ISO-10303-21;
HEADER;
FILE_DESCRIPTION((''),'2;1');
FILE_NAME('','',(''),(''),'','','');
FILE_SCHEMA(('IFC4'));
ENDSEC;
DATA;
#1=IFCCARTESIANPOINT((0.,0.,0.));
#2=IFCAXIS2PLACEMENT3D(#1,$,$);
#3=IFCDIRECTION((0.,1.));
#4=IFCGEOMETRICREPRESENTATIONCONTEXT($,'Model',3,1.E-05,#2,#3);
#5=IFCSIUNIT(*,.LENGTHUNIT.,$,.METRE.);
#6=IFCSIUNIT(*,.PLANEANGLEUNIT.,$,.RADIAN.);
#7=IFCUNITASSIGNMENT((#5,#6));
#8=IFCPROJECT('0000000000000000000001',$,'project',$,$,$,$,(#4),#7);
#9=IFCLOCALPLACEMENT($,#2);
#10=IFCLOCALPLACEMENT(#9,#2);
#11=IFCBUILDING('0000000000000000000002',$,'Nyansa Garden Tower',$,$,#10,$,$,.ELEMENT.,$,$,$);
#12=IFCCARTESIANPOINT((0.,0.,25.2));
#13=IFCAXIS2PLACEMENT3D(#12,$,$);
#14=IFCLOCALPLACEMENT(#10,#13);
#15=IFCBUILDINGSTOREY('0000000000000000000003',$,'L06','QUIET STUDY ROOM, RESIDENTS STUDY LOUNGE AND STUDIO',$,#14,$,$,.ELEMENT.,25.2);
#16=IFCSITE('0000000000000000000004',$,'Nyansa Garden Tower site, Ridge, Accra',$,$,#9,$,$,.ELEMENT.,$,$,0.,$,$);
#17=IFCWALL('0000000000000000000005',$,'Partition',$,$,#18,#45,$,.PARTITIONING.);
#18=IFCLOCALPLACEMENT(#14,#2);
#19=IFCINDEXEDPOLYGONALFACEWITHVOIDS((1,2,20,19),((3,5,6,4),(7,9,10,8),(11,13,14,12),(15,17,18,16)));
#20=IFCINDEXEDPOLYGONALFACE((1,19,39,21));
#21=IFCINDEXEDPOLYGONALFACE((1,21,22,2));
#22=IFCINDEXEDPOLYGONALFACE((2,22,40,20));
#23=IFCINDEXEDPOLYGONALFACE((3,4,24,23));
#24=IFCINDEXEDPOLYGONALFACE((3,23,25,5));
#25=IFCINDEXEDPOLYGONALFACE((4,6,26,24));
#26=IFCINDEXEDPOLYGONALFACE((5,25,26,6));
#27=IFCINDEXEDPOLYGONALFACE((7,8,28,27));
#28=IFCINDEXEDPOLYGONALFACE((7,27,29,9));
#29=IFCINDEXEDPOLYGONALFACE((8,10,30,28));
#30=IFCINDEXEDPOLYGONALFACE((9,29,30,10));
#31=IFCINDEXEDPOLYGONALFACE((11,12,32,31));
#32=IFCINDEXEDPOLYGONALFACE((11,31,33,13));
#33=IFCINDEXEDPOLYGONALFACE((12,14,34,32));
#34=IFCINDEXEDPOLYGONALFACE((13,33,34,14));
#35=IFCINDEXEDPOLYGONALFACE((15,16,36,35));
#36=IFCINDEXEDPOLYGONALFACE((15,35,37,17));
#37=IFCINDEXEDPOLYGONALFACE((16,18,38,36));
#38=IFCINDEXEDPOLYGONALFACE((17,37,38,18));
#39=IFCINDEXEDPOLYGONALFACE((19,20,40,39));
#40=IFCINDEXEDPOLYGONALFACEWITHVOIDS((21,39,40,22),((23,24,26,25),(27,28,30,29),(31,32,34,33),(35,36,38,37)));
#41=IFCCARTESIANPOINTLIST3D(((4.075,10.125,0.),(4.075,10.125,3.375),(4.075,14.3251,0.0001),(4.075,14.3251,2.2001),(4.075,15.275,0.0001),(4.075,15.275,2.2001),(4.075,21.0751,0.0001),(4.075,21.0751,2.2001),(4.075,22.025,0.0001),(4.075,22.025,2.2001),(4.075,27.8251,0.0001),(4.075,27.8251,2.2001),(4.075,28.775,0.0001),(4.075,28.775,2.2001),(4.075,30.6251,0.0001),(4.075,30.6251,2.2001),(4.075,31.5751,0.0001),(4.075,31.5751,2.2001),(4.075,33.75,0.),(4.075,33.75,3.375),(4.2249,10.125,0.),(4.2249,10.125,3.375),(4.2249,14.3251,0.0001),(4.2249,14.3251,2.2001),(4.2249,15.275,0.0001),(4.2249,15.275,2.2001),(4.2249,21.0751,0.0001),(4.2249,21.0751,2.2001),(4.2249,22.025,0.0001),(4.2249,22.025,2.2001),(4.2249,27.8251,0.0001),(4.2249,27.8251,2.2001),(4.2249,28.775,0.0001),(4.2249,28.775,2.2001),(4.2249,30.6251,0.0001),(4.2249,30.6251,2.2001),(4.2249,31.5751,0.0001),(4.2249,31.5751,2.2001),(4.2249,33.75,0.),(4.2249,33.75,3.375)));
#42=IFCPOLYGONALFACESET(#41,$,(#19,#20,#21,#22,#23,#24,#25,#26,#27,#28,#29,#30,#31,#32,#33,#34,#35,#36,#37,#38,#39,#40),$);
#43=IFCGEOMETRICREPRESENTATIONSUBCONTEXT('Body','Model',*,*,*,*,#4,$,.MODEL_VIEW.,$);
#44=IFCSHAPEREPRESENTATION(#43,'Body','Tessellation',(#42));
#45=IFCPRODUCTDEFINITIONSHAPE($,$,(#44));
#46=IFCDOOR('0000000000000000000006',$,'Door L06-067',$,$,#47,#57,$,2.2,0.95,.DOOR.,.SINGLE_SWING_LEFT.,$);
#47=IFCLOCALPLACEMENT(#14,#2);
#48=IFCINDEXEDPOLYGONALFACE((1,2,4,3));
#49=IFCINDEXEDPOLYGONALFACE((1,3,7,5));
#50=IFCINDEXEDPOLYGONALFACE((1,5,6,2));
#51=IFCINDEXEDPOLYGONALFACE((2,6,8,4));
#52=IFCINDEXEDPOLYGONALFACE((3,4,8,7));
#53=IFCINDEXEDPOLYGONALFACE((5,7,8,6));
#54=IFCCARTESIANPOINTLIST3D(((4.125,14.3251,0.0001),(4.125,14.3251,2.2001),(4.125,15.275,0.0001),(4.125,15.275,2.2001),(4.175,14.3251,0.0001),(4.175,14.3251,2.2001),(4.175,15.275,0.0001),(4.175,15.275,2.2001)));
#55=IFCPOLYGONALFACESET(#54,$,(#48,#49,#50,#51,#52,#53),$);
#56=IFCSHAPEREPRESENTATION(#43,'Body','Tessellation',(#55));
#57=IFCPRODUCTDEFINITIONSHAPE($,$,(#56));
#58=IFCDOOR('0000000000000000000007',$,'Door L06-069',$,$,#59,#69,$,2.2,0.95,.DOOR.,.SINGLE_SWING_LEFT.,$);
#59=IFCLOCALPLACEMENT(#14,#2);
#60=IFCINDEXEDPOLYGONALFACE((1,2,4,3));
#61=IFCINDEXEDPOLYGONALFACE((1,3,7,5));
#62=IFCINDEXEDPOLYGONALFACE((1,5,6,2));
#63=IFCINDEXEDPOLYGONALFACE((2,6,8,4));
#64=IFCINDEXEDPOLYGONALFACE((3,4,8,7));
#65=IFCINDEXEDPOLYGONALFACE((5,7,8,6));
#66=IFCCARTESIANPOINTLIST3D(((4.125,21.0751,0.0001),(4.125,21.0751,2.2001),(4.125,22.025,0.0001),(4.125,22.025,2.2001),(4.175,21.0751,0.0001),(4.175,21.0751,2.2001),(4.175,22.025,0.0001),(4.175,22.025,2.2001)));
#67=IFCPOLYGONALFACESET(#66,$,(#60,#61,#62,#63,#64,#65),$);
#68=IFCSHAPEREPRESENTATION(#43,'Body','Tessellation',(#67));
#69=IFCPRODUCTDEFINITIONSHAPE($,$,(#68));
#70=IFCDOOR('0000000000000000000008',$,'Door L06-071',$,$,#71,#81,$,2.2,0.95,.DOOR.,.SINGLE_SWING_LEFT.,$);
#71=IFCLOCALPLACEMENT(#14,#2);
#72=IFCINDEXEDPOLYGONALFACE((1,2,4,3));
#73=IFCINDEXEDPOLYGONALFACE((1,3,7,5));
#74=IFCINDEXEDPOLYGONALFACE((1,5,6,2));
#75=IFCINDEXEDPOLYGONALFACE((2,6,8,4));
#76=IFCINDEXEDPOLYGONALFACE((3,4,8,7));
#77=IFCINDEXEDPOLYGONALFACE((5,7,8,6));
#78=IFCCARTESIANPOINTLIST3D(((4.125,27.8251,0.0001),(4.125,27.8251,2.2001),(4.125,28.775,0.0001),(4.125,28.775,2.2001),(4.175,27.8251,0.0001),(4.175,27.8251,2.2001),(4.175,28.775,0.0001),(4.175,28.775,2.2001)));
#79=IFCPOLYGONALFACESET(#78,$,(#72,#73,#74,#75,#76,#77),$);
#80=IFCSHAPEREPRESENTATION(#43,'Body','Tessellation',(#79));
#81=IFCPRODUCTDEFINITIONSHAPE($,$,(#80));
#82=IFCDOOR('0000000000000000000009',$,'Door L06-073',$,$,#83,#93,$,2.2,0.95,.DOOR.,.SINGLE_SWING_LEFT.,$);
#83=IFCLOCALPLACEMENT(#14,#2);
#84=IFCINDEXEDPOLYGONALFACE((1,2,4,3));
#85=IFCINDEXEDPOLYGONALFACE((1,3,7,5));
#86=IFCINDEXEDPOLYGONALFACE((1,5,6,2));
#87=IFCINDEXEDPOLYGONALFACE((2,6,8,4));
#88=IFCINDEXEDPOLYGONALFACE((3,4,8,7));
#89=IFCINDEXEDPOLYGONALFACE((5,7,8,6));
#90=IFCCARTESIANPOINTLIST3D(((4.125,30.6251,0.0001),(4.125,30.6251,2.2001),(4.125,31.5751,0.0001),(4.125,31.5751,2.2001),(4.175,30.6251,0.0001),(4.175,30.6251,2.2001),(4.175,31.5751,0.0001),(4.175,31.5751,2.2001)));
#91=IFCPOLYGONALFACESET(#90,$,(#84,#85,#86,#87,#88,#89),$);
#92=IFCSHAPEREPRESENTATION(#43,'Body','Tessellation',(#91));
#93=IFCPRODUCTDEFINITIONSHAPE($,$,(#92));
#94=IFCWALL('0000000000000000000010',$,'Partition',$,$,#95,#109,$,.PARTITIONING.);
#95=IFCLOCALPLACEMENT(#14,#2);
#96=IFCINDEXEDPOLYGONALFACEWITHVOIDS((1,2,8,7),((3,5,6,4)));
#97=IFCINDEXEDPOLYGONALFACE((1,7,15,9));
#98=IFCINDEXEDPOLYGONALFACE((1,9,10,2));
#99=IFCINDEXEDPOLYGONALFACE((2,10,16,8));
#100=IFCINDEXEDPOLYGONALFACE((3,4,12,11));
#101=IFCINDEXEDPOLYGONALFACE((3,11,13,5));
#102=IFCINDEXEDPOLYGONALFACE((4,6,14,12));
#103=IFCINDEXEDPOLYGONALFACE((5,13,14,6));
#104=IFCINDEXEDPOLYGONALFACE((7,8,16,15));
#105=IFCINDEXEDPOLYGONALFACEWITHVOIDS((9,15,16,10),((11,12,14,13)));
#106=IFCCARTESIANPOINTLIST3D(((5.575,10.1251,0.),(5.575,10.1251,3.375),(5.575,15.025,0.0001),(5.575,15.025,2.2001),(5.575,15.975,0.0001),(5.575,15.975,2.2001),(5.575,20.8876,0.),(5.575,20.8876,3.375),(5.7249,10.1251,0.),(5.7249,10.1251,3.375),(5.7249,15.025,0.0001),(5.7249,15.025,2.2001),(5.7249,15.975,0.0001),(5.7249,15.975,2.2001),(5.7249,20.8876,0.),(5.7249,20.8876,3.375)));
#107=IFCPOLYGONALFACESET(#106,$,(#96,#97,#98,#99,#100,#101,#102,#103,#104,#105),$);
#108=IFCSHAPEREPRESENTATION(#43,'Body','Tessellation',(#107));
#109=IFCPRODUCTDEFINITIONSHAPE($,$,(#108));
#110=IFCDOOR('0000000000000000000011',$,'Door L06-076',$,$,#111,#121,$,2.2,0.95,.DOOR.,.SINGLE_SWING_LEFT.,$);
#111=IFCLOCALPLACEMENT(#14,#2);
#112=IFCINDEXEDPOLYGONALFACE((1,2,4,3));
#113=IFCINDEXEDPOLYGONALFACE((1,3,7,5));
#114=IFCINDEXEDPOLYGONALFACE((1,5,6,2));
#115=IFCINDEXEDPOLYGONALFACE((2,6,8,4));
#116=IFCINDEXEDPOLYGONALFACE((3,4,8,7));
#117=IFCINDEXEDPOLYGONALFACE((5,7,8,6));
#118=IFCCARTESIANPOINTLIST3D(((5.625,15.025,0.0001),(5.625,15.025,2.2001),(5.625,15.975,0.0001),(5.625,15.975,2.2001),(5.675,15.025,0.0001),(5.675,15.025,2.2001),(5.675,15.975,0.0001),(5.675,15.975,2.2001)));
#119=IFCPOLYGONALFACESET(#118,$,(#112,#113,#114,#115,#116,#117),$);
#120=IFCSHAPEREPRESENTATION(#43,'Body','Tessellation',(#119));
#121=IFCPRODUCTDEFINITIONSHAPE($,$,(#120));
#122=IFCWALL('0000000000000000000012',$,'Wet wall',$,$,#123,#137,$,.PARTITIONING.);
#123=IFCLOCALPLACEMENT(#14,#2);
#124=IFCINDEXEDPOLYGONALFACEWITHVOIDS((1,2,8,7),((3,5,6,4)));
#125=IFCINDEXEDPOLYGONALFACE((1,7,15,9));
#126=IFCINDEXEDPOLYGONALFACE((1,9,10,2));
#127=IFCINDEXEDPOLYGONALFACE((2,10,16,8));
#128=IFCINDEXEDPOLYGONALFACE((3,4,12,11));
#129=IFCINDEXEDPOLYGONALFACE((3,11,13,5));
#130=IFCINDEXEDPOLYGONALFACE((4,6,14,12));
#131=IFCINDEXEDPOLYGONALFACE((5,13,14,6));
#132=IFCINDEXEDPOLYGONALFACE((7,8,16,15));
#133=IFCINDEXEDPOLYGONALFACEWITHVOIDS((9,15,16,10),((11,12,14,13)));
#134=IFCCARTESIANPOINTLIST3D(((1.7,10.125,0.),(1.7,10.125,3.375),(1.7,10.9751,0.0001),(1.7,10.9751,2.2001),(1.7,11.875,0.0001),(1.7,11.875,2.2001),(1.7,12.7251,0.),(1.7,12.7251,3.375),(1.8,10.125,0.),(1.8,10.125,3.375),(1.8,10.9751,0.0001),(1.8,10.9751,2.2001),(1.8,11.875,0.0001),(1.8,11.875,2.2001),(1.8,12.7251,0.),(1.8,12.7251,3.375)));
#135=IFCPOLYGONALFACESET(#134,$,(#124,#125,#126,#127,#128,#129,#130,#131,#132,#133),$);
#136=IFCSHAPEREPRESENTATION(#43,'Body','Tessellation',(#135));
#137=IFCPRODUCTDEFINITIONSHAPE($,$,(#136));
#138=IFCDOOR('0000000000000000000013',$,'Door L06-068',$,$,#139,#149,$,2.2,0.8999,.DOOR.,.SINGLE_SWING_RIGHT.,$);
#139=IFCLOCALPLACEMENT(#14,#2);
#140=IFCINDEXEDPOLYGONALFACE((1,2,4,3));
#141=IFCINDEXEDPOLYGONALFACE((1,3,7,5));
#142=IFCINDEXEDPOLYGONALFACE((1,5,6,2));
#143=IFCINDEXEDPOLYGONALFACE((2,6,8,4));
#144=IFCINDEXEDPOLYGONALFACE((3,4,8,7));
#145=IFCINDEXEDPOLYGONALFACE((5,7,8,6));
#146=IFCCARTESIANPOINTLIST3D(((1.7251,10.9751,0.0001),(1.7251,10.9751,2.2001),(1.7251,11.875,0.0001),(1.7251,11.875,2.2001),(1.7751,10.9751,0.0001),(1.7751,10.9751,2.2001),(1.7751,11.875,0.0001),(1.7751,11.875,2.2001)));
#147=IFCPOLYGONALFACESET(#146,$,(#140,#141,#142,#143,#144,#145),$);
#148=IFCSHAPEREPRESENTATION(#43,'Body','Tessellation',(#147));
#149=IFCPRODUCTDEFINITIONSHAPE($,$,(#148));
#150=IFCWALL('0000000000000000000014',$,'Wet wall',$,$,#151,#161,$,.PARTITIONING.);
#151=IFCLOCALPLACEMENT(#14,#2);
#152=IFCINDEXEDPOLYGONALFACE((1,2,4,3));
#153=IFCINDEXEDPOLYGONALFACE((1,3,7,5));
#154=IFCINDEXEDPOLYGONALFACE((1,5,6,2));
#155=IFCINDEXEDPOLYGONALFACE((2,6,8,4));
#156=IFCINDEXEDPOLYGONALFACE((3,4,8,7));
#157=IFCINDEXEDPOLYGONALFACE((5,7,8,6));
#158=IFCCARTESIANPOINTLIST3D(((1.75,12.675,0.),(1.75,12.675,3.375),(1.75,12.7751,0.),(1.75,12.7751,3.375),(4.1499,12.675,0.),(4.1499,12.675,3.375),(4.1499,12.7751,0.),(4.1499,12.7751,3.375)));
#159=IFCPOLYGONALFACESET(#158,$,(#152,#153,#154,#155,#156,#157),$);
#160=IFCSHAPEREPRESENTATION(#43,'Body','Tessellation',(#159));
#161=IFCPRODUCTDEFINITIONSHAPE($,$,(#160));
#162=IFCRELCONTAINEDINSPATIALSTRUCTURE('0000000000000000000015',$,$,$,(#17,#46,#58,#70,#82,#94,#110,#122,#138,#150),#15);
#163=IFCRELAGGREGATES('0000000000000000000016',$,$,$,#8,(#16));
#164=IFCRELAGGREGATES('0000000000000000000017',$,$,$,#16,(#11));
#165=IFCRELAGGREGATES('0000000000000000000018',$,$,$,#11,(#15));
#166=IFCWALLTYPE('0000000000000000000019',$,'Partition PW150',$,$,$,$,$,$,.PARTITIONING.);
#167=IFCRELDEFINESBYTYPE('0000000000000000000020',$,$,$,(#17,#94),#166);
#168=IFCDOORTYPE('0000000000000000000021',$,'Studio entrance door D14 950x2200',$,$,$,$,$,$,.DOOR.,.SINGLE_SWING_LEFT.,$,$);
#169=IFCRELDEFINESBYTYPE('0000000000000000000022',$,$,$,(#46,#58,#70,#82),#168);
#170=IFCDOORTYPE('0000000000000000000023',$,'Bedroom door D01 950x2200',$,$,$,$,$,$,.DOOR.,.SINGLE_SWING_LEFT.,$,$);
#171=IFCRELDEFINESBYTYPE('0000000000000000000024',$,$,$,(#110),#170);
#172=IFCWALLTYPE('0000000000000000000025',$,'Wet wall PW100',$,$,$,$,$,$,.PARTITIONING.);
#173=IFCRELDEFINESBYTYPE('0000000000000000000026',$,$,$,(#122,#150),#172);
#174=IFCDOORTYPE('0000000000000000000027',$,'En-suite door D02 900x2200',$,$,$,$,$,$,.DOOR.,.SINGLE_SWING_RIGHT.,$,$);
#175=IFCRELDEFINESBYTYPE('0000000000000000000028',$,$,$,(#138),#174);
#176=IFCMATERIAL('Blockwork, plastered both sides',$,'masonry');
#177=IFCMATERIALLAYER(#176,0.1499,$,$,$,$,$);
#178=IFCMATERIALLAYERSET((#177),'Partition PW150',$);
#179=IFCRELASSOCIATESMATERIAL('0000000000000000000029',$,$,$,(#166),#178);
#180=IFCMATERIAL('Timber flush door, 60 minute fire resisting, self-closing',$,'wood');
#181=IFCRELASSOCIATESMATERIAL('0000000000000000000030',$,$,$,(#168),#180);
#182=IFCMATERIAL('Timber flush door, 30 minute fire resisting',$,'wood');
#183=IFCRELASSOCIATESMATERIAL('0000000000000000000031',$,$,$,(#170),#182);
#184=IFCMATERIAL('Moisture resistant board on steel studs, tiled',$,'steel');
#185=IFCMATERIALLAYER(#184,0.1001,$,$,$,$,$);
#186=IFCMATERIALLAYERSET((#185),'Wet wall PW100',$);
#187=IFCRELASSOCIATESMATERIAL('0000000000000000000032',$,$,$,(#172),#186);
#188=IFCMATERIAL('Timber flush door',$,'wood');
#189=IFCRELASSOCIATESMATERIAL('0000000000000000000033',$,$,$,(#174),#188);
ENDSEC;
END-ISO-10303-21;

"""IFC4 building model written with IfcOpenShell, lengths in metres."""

from ifc_helpers import new_model, si_unit, direction, frame, frame_2d, origin, place, context, subcontext, project, spatial, rectangle, extrude, material, layer, layer_set, type_object, element, fill, save


model = new_model("IFC4")

# Units and contexts
model_context = context("Model", 3, precision=1e-05, world=origin(), true_north=direction((0.0, 1.0)))
body_context = subcontext(model_context, "Body", "Model", "MODEL_VIEW")
ifc_project = project(units=[si_unit("LENGTHUNIT", "METRE"), si_unit("PLANEANGLEUNIT", "RADIAN")], contexts=[model_context])

# Site, building, storey
site_placement = place(None, origin())
site = spatial("IfcSite", under=ifc_project, at=site_placement, Name="Nyansa Garden Tower site, Ridge, Accra", CompositionType="ELEMENT", RefElevation=0.0)
building_placement = place(site_placement, origin())
building = spatial("IfcBuilding", under=site, at=building_placement, Name="Nyansa Garden Tower", CompositionType="ELEMENT")
storey_placement = place(building_placement, frame((0.0, 0.0, 25.2)))
storey = spatial("IfcBuildingStorey", under=building, at=storey_placement, Name="L06", Description="QUIET STUDY ROOM, RESIDENTS STUDY LOUNGE AND STUDIO", CompositionType="ELEMENT", Elevation=25.2)

# Shared definitions
ifc_material_1 = material(Name="Blockwork, plastered both sides", Category="masonry")
ifc_layer_1 = layer(ifc_material_1, 0.1499)
ifc_layer_set_1 = layer_set([ifc_layer_1], Name="Partition PW150")
wall_type_1 = type_object("IfcWallType", Name="Partition PW150", PredefinedType="PARTITIONING", material=ifc_layer_set_1)

# Wall, openings, doors
wall_1_placement = place(storey_placement, frame((4.1499, 10.125, 0.0), z_axis=(0.0, 0.0, 1.0), x_axis=(0.0, 1.0, 0.0)))
wall_1 = element("IfcWall", 1, at=wall_1_placement, inside=storey, type_object=wall_type_1, Name="Partition", PredefinedType="PARTITIONING", context=body_context, shape_type="SweptSolid", body=[
    extrude(rectangle(XDim=23.625, YDim=0.1499, at=frame_2d((11.8125, 0.0))), origin(), (0.0, 0.0, 1.0), 3.375),
])
opening_1_placement = place(wall_1_placement, frame((4.2, 0.0, 0.0)))
opening_1 = element("IfcOpeningElement", 2, at=opening_1_placement, cuts=wall_1, PredefinedType="OPENING", context=body_context, shape_type="SweptSolid", body=[
    extrude(rectangle(XDim=0.95, YDim=2.2, at=frame_2d((0.4751, 1.1001))), frame((0.0, 0.085, 0.0), z_axis=(0.0, -1.0, 0.0), x_axis=(1.0, 0.0, 0.0)), (0.0, 0.0, 1.0), 0.1699),
])
opening_2_placement = place(wall_1_placement, frame((10.95, 0.0, 0.0)))
opening_2 = element("IfcOpeningElement", 3, at=opening_2_placement, cuts=wall_1, PredefinedType="OPENING", context=body_context, shape_type="SweptSolid", body=[
    extrude(rectangle(XDim=0.95, YDim=2.2, at=frame_2d((0.4751, 1.1001))), frame((0.0, 0.085, 0.0), z_axis=(0.0, -1.0, 0.0), x_axis=(1.0, 0.0, 0.0)), (0.0, 0.0, 1.0), 0.1699),
])
opening_3_placement = place(wall_1_placement, frame((17.7, 0.0, 0.0)))
opening_3 = element("IfcOpeningElement", 4, at=opening_3_placement, cuts=wall_1, PredefinedType="OPENING", context=body_context, shape_type="SweptSolid", body=[
    extrude(rectangle(XDim=0.95, YDim=2.2, at=frame_2d((0.4751, 1.1001))), frame((0.0, 0.085, 0.0), z_axis=(0.0, -1.0, 0.0), x_axis=(1.0, 0.0, 0.0)), (0.0, 0.0, 1.0), 0.1699),
])
opening_4_placement = place(wall_1_placement, frame((20.5, 0.0, 0.0)))
opening_4 = element("IfcOpeningElement", 5, at=opening_4_placement, cuts=wall_1, PredefinedType="OPENING", context=body_context, shape_type="SweptSolid", body=[
    extrude(rectangle(XDim=0.95, YDim=2.2, at=frame_2d((0.4751, 1.1001))), frame((0.0, 0.085, 0.0), z_axis=(0.0, -1.0, 0.0), x_axis=(1.0, 0.0, 0.0)), (0.0, 0.0, 1.0), 0.1699),
])
ifc_material_2 = material(Name="Timber flush door, 60 minute fire resisting, self-closing", Category="wood")
door_type_1 = type_object("IfcDoorType", Name="Studio entrance door D14 950x2200", OperationType="SINGLE_SWING_LEFT", PredefinedType="DOOR", material=ifc_material_2)
door_1_placement = place(opening_1_placement, origin())
door_1 = element("IfcDoor", 6, at=door_1_placement, inside=storey, type_object=door_type_1, Name="Door L06-067", OperationType="SINGLE_SWING_LEFT", OverallHeight=2.2, OverallWidth=0.95, PredefinedType="DOOR", context=body_context, shape_type="SweptSolid", body=[
    extrude(rectangle(XDim=0.95, YDim=2.2, at=frame_2d((0.4751, 1.1001))), frame((0.0, 0.0249, 0.0), z_axis=(0.0, -1.0, 0.0), x_axis=(1.0, 0.0, 0.0)), (0.0, 0.0, 1.0), 0.05),
])
fill(opening_1, door_1)
door_2_placement = place(opening_2_placement, origin())
door_2 = element("IfcDoor", 7, at=door_2_placement, inside=storey, type_object=door_type_1, Name="Door L06-069", OperationType="SINGLE_SWING_LEFT", OverallHeight=2.2, OverallWidth=0.95, PredefinedType="DOOR", context=body_context, shape_type="SweptSolid", body=[
    extrude(rectangle(XDim=0.95, YDim=2.2, at=frame_2d((0.4751, 1.1001))), frame((0.0, 0.0249, 0.0), z_axis=(0.0, -1.0, 0.0), x_axis=(1.0, 0.0, 0.0)), (0.0, 0.0, 1.0), 0.05),
])
fill(opening_2, door_2)
door_3_placement = place(opening_3_placement, origin())
door_3 = element("IfcDoor", 8, at=door_3_placement, inside=storey, type_object=door_type_1, Name="Door L06-071", OperationType="SINGLE_SWING_LEFT", OverallHeight=2.2, OverallWidth=0.95, PredefinedType="DOOR", context=body_context, shape_type="SweptSolid", body=[
    extrude(rectangle(XDim=0.95, YDim=2.2, at=frame_2d((0.4751, 1.1001))), frame((0.0, 0.0249, 0.0), z_axis=(0.0, -1.0, 0.0), x_axis=(1.0, 0.0, 0.0)), (0.0, 0.0, 1.0), 0.05),
])
fill(opening_3, door_3)
door_4_placement = place(opening_4_placement, origin())
door_4 = element("IfcDoor", 9, at=door_4_placement, inside=storey, type_object=door_type_1, Name="Door L06-073", OperationType="SINGLE_SWING_LEFT", OverallHeight=2.2, OverallWidth=0.95, PredefinedType="DOOR", context=body_context, shape_type="SweptSolid", body=[
    extrude(rectangle(XDim=0.95, YDim=2.2, at=frame_2d((0.4751, 1.1001))), frame((0.0, 0.0249, 0.0), z_axis=(0.0, -1.0, 0.0), x_axis=(1.0, 0.0, 0.0)), (0.0, 0.0, 1.0), 0.05),
])
fill(opening_4, door_4)

# Walls, openings, doors
wall_2_placement = place(storey_placement, frame((5.6499, 10.125, 0.0), z_axis=(0.0, 0.0, 1.0), x_axis=(0.0, 1.0, 0.0)))
wall_2 = element("IfcWall", 10, at=wall_2_placement, inside=storey, type_object=wall_type_1, Name="Partition", PredefinedType="PARTITIONING", context=body_context, shape_type="SweptSolid", body=[
    extrude(rectangle(XDim=10.7625, YDim=0.1499, at=frame_2d((5.3813, 0.0))), origin(), (0.0, 0.0, 1.0), 3.375),
])
opening_5_placement = place(wall_2_placement, frame((4.8999, 0.0, 0.0)))
opening_5 = element("IfcOpeningElement", 11, at=opening_5_placement, cuts=wall_2, PredefinedType="OPENING", context=body_context, shape_type="SweptSolid", body=[
    extrude(rectangle(XDim=0.95, YDim=2.2, at=frame_2d((0.4751, 1.1001))), frame((0.0, 0.085, 0.0), z_axis=(0.0, -1.0, 0.0), x_axis=(1.0, 0.0, 0.0)), (0.0, 0.0, 1.0), 0.1699),
])
ifc_material_3 = material(Name="Timber flush door, 30 minute fire resisting", Category="wood")
door_type_2 = type_object("IfcDoorType", Name="Bedroom door D01 950x2200", OperationType="SINGLE_SWING_LEFT", PredefinedType="DOOR", material=ifc_material_3)
door_5_placement = place(opening_5_placement, origin())
door_5 = element("IfcDoor", 12, at=door_5_placement, inside=storey, type_object=door_type_2, Name="Door L06-076", OperationType="SINGLE_SWING_LEFT", OverallHeight=2.2, OverallWidth=0.95, PredefinedType="DOOR", context=body_context, shape_type="SweptSolid", body=[
    extrude(rectangle(XDim=0.95, YDim=2.2, at=frame_2d((0.4751, 1.1001))), frame((0.0, 0.0249, 0.0), z_axis=(0.0, -1.0, 0.0), x_axis=(1.0, 0.0, 0.0)), (0.0, 0.0, 1.0), 0.05),
])
fill(opening_5, door_5)
ifc_material_4 = material(Name="Moisture resistant board on steel studs, tiled", Category="steel")
ifc_layer_2 = layer(ifc_material_4, 0.1001)
ifc_layer_set_2 = layer_set([ifc_layer_2], Name="Wet wall PW100")
wall_type_2 = type_object("IfcWallType", Name="Wet wall PW100", PredefinedType="PARTITIONING", material=ifc_layer_set_2)
wall_3_placement = place(storey_placement, frame((1.75, 10.125, 0.0), z_axis=(0.0, 0.0, 1.0), x_axis=(0.0, 1.0, 0.0)))
wall_3 = element("IfcWall", 13, at=wall_3_placement, inside=storey, type_object=wall_type_2, Name="Wet wall", PredefinedType="PARTITIONING", context=body_context, shape_type="SweptSolid", body=[
    extrude(rectangle(XDim=2.6001, YDim=0.1001, at=frame_2d((1.3, 0.0))), origin(), (0.0, 0.0, 1.0), 3.375),
])
opening_6_placement = place(wall_3_placement, frame((0.8501, 0.0, 0.0)))
opening_6 = element("IfcOpeningElement", 14, at=opening_6_placement, cuts=wall_3, PredefinedType="OPENING", context=body_context, shape_type="SweptSolid", body=[
    extrude(rectangle(XDim=0.8999, YDim=2.2, at=frame_2d((0.45, 1.1001))), frame((0.0, 0.0601, 0.0), z_axis=(0.0, -1.0, 0.0), x_axis=(1.0, 0.0, 0.0)), (0.0, 0.0, 1.0), 0.1201),
])
ifc_material_5 = material(Name="Timber flush door", Category="wood")
door_type_3 = type_object("IfcDoorType", Name="En-suite door D02 900x2200", OperationType="SINGLE_SWING_RIGHT", PredefinedType="DOOR", material=ifc_material_5)
door_6_placement = place(opening_6_placement, origin())
door_6 = element("IfcDoor", 15, at=door_6_placement, inside=storey, type_object=door_type_3, Name="Door L06-068", OperationType="SINGLE_SWING_RIGHT", OverallHeight=2.2, OverallWidth=0.8999, PredefinedType="DOOR", context=body_context, shape_type="SweptSolid", body=[
    extrude(rectangle(XDim=0.8999, YDim=2.2, at=frame_2d((0.45, 1.1001))), frame((0.0, 0.0249, 0.0), z_axis=(0.0, -1.0, 0.0), x_axis=(1.0, 0.0, 0.0)), (0.0, 0.0, 1.0), 0.05),
])
fill(opening_6, door_6)

# Wall
wall_4_placement = place(storey_placement, frame((1.75, 12.7251, 0.0), z_axis=(0.0, 0.0, 1.0), x_axis=(1.0, 0.0, 0.0)))
element("IfcWall", 16, at=wall_4_placement, inside=storey, type_object=wall_type_2, Name="Wet wall", PredefinedType="PARTITIONING", context=body_context, shape_type="SweptSolid", body=[
    extrude(rectangle(XDim=2.3999, YDim=0.1001, at=frame_2d((1.2, 0.0))), origin(), (0.0, 0.0, 1.0), 3.375),
])

save(model, "model.ifc")
